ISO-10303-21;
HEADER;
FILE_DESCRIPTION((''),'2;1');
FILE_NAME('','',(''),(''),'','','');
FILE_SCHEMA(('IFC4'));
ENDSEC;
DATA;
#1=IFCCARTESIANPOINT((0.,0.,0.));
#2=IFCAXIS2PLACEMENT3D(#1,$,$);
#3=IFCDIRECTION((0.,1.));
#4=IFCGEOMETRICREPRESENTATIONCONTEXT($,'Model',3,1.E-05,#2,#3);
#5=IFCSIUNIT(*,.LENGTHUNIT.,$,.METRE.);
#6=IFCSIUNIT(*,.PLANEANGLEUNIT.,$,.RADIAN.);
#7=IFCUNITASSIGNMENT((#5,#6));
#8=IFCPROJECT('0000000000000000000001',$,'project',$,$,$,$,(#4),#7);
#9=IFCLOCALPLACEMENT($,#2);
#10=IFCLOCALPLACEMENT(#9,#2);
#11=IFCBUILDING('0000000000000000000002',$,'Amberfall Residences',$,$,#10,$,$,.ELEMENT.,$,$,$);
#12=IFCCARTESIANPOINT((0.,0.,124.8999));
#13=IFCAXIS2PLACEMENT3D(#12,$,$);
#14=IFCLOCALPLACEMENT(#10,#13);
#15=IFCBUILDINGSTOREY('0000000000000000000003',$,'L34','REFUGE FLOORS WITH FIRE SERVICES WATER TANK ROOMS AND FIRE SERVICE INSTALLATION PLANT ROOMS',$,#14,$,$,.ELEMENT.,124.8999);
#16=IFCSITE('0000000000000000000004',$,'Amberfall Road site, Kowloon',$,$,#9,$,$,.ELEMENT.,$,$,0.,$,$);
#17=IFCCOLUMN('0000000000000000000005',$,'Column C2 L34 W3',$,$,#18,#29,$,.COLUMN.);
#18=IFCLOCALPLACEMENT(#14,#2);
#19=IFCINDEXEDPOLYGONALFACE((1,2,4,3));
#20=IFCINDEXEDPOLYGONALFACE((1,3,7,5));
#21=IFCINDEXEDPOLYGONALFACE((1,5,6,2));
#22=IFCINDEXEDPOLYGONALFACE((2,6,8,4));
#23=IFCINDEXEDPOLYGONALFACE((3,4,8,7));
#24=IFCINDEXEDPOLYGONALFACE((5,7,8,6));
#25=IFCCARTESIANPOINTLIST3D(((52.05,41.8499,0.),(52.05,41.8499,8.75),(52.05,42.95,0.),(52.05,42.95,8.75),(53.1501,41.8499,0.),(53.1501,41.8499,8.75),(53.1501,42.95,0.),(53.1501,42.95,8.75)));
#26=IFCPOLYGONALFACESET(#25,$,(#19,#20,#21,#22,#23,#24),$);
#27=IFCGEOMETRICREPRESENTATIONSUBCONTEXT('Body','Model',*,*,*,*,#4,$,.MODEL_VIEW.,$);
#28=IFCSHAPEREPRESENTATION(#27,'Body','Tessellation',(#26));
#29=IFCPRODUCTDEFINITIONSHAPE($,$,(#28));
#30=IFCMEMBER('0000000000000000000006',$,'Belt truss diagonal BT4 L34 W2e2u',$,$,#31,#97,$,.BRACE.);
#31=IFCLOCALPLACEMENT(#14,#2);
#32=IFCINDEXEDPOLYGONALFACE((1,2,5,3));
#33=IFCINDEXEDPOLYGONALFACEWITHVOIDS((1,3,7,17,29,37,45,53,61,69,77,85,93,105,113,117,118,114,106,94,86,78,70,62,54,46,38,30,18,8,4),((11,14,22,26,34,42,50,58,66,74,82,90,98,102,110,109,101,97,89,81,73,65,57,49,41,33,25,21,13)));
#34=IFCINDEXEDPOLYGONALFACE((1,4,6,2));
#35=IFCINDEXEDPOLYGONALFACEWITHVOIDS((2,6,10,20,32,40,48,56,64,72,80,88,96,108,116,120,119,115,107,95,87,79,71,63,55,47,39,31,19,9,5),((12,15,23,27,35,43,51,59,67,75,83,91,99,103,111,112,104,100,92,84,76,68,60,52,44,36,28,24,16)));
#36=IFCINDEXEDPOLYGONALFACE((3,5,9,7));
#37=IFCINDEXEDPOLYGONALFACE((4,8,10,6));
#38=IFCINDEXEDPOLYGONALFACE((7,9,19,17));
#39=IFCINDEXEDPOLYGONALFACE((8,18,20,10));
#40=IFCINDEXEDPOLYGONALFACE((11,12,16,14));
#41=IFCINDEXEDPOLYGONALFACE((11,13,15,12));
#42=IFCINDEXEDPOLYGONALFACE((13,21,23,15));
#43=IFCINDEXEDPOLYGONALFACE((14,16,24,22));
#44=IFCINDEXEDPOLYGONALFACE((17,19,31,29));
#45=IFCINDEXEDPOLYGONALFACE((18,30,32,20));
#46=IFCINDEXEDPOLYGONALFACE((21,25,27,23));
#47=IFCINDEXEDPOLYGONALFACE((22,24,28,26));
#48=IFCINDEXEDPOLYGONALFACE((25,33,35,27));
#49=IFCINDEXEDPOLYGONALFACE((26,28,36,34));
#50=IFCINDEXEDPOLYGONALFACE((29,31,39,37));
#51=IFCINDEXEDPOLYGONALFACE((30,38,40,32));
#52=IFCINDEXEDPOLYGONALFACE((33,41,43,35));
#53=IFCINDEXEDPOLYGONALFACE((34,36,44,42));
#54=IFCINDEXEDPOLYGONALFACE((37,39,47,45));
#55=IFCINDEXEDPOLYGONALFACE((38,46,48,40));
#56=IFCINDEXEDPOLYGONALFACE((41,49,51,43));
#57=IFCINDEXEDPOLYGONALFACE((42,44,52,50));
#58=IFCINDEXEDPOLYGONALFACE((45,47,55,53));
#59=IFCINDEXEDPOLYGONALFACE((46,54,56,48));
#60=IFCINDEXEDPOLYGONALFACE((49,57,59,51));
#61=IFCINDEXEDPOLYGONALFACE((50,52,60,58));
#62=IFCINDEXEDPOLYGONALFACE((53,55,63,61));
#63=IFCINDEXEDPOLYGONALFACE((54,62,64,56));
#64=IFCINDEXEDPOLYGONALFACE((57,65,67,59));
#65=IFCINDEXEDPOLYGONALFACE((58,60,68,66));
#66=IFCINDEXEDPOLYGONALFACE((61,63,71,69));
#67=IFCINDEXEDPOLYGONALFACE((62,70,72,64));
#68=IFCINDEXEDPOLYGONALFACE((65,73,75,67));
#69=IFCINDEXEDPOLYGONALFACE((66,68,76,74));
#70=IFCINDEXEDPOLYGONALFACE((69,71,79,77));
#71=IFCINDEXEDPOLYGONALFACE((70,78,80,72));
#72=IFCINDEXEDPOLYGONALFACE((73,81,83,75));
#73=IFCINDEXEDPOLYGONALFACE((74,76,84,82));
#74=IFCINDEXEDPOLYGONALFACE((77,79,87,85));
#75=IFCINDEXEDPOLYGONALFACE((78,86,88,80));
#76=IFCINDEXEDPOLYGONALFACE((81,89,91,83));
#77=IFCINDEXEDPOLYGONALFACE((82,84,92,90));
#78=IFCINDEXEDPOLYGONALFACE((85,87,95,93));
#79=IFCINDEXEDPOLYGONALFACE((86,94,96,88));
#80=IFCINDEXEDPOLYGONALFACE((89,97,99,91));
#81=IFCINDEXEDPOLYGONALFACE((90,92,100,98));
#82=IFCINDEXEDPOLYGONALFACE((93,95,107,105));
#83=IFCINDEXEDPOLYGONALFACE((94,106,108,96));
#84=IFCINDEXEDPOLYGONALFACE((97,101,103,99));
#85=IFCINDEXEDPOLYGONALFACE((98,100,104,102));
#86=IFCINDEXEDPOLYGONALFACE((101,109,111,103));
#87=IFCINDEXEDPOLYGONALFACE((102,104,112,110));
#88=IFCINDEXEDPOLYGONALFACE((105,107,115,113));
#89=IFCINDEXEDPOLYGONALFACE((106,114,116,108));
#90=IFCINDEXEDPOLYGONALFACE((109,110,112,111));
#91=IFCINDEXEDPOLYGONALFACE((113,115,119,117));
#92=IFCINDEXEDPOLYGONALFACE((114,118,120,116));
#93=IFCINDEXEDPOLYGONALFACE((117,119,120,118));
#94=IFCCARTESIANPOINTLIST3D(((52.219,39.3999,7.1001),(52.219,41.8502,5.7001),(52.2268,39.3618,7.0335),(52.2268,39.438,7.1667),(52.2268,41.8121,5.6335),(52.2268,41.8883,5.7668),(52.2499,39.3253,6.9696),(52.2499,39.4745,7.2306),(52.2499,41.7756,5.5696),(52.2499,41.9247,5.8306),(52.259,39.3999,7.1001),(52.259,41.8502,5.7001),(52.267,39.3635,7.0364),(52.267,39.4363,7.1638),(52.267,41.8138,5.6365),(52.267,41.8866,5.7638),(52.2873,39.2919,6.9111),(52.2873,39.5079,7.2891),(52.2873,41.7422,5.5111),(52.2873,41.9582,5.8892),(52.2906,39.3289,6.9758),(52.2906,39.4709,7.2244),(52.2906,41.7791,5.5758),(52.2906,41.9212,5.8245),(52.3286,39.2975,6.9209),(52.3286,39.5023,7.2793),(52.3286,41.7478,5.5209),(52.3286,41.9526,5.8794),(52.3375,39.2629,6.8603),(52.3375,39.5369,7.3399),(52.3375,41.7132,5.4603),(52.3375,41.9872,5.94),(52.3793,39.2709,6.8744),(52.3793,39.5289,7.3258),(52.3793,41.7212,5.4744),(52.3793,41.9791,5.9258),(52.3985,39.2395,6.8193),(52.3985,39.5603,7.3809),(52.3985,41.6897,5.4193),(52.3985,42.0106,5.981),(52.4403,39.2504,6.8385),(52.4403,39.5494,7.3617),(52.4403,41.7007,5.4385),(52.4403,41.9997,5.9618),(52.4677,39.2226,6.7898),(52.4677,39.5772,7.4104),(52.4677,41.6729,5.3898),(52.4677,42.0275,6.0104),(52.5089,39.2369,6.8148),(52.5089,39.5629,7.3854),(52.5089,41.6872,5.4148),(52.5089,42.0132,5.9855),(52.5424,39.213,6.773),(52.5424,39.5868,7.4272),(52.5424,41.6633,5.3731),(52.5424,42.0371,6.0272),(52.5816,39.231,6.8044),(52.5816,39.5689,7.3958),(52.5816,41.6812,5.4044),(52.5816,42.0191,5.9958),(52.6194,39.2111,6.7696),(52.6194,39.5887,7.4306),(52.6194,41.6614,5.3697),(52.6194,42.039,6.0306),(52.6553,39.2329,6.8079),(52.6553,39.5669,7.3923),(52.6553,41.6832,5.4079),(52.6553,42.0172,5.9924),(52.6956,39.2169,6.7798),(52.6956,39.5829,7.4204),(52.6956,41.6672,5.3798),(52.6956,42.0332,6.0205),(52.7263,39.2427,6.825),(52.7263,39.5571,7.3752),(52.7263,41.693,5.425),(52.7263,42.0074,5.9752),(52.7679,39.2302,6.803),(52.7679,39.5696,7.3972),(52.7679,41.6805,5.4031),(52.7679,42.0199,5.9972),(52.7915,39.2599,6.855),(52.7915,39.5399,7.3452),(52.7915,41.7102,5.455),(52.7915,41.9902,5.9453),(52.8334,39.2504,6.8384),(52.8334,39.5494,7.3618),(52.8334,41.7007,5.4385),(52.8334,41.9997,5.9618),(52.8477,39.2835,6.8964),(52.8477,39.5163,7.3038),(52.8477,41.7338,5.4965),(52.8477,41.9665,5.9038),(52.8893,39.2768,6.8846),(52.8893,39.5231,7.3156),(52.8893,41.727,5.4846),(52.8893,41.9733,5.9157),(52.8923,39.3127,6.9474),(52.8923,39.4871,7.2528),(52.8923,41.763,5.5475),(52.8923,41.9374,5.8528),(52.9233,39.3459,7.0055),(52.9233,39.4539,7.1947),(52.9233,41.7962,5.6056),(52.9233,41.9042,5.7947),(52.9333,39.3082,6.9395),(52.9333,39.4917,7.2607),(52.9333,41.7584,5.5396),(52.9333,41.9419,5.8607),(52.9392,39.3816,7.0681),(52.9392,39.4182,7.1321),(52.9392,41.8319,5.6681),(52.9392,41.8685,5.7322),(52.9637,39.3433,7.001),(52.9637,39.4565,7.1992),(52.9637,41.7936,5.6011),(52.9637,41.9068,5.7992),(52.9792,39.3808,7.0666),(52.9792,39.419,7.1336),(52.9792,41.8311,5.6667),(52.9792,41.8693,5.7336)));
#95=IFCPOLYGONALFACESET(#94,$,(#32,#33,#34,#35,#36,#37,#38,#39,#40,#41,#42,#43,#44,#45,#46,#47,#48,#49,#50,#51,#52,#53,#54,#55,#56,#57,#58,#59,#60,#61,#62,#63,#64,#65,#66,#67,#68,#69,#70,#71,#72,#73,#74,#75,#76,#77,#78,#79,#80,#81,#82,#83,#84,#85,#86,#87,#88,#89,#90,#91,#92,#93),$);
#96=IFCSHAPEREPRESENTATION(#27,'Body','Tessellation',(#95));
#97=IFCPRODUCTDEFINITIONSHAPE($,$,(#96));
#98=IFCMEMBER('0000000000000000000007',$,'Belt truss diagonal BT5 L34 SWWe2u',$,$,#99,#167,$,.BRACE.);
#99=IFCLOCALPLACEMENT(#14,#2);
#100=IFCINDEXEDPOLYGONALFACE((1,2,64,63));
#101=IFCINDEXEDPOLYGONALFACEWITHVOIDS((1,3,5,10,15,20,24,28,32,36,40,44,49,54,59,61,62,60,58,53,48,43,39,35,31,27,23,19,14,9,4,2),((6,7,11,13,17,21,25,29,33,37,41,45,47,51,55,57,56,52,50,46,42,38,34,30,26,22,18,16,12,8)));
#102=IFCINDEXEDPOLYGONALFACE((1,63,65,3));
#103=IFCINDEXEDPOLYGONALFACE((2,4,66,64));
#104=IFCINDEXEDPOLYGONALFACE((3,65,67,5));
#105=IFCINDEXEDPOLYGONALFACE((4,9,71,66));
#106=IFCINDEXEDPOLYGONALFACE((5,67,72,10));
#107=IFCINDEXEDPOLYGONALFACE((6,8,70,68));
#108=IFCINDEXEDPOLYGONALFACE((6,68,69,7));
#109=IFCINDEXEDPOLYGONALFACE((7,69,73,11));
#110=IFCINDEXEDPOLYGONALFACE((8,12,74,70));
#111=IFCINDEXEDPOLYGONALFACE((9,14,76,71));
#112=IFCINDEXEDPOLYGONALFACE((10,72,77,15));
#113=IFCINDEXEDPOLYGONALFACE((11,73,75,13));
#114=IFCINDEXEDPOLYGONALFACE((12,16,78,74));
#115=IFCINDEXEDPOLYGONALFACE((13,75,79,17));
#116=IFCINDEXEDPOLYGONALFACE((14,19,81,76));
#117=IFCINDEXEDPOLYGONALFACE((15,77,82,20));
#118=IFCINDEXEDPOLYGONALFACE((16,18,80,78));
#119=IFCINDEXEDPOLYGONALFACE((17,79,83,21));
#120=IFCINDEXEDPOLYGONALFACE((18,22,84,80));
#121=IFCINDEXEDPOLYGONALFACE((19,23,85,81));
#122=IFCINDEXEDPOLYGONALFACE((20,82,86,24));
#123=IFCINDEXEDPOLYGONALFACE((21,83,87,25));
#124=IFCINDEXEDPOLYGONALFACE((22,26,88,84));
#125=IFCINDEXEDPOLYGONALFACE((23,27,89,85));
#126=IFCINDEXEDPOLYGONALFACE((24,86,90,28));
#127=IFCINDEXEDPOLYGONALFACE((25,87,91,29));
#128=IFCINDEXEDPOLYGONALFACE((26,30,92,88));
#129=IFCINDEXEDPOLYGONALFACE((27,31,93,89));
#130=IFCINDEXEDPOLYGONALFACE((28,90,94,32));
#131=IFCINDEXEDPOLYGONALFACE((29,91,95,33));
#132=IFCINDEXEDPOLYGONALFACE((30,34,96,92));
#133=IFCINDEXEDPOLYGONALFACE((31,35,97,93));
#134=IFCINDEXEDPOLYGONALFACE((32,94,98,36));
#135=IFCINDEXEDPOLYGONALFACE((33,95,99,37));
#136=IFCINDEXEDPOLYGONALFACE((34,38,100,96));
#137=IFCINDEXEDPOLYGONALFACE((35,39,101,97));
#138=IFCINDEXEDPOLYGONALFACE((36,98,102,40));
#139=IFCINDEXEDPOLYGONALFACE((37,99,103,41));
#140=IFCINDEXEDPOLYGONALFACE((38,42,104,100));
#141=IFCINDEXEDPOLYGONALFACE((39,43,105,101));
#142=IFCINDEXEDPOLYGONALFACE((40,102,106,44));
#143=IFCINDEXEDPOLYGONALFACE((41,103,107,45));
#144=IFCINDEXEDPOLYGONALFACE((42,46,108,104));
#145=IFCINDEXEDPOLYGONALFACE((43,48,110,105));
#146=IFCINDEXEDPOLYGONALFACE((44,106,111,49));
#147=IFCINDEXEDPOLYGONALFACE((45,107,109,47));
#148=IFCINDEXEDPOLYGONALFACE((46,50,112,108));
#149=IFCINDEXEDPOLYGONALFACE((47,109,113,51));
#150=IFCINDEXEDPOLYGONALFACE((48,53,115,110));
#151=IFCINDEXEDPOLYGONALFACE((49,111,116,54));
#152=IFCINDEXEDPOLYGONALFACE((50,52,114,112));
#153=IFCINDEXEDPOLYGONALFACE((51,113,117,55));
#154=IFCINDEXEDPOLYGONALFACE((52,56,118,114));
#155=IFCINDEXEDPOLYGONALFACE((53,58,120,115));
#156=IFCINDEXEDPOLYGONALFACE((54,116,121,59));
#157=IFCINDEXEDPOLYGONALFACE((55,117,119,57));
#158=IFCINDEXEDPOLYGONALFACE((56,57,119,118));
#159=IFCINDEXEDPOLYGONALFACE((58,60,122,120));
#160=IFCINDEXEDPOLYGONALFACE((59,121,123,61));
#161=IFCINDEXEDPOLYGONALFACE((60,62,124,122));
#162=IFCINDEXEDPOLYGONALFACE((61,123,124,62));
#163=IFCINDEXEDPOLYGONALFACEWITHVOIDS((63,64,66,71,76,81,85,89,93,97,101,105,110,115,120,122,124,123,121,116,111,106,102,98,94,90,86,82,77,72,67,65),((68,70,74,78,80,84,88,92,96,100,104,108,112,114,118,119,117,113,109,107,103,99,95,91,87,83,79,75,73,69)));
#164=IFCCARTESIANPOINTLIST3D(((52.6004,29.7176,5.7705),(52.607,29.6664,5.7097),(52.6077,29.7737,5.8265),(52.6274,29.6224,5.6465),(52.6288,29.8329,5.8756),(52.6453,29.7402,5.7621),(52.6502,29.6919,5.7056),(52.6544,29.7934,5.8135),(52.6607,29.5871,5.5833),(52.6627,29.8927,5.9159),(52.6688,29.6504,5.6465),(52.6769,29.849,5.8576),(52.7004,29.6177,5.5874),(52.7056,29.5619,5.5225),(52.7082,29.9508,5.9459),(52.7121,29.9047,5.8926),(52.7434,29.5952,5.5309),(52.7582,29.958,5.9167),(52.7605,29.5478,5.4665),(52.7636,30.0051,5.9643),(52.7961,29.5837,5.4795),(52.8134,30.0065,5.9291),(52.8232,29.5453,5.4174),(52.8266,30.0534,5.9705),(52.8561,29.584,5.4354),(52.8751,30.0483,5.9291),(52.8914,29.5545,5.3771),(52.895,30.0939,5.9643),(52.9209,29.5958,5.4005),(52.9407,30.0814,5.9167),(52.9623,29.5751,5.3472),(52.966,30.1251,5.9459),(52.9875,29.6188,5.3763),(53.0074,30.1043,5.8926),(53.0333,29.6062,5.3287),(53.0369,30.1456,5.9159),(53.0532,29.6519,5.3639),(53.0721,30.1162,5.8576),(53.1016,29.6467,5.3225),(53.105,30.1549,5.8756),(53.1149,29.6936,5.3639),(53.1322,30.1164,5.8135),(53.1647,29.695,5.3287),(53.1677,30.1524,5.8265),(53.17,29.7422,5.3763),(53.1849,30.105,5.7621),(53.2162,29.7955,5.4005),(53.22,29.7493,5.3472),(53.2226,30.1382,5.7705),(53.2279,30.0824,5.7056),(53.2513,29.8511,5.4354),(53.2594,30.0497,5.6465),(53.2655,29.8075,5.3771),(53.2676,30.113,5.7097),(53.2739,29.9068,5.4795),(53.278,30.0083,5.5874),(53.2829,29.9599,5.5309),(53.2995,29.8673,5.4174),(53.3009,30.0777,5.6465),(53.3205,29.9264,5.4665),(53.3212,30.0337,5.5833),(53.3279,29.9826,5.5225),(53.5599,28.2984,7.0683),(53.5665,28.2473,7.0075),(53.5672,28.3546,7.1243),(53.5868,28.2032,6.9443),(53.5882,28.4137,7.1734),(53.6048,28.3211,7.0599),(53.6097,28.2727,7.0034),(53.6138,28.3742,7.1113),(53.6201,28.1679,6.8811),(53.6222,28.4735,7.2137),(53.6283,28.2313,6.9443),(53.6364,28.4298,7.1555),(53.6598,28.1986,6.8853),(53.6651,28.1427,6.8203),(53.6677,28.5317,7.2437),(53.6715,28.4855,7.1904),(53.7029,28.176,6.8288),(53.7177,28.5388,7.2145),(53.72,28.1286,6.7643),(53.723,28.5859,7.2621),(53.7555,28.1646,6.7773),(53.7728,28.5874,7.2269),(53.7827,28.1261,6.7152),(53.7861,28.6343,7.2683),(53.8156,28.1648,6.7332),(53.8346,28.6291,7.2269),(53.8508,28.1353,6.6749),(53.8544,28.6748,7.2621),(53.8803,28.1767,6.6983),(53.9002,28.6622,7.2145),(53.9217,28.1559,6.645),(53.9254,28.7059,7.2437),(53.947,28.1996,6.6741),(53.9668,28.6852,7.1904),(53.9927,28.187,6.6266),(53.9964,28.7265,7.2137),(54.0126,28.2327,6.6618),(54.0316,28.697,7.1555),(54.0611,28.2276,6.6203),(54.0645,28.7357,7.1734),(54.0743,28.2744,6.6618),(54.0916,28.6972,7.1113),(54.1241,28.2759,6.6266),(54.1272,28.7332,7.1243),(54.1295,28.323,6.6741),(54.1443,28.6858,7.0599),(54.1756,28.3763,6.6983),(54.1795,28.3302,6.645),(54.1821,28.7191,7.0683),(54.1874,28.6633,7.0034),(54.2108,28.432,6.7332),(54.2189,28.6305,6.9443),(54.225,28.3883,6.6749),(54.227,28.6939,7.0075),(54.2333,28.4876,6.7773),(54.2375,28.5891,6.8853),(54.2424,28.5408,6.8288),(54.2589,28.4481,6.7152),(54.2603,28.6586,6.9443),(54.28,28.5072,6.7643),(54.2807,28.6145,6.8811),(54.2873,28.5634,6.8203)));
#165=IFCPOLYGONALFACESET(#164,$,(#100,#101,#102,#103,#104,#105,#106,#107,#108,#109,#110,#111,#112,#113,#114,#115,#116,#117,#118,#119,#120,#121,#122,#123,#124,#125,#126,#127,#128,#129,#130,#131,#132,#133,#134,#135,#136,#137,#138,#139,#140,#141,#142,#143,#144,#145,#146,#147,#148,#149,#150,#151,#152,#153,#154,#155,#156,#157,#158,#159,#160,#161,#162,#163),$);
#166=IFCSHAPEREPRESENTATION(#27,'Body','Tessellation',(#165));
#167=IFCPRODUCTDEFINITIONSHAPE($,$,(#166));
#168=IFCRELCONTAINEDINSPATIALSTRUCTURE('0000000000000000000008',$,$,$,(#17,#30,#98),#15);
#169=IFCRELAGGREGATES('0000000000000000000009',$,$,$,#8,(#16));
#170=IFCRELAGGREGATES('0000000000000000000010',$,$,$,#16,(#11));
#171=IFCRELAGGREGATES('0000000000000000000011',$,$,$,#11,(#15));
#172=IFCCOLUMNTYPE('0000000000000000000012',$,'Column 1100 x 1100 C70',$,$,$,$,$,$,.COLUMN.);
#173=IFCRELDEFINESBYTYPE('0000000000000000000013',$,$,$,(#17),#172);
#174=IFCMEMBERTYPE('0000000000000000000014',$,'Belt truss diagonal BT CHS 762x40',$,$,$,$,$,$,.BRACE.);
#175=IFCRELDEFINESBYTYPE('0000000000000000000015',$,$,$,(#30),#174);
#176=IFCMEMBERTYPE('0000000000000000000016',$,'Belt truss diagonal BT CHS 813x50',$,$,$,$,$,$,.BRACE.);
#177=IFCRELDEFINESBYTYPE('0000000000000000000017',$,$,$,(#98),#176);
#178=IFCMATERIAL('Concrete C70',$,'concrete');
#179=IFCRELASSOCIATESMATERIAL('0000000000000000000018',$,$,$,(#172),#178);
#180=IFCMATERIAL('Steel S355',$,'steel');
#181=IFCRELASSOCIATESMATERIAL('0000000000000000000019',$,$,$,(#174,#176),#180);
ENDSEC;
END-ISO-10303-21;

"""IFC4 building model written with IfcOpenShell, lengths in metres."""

from ifc_helpers import new_model, si_unit, direction, frame, origin, origin_2d, place, context, subcontext, project, spatial, rectangle, hollow_circle, extrude, material, material_profile, profile_set, type_object, element, save


model = new_model("IFC4")

# Units and contexts
model_context = context("Model", 3, precision=1e-05, world=origin(), true_north=direction((0.0, 1.0)))
body_context = subcontext(model_context, "Body", "Model", "MODEL_VIEW")
ifc_project = project(units=[si_unit("LENGTHUNIT", "METRE"), si_unit("PLANEANGLEUNIT", "RADIAN")], contexts=[model_context])

# Site, building, storey
site_placement = place(None, origin())
site = spatial("IfcSite", under=ifc_project, at=site_placement, Name="Amberfall Road site, Kowloon", CompositionType="ELEMENT", RefElevation=0.0)
building_placement = place(site_placement, origin())
building = spatial("IfcBuilding", under=site, at=building_placement, Name="Amberfall Residences", CompositionType="ELEMENT")
storey_placement = place(building_placement, frame((0.0, 0.0, 124.8999)))
storey = spatial("IfcBuildingStorey", under=building, at=storey_placement, Name="L34", Description="REFUGE FLOORS WITH FIRE SERVICES WATER TANK ROOMS AND FIRE SERVICE INSTALLATION PLANT ROOMS", CompositionType="ELEMENT", Elevation=124.8999)

# Column
ifc_material_1 = material(Name="Concrete C70", Category="concrete")
ifc_material_profile_1 = material_profile(ifc_material_1, rectangle(XDim=1.1001, YDim=1.1001, at=origin_2d()), Name="Column 1100 x 1100 C70")
ifc_profile_set_1 = profile_set([ifc_material_profile_1], Name="Concrete C70")
column_type = type_object("IfcColumnType", Name="Column 1100 x 1100 C70", PredefinedType="COLUMN", material=ifc_profile_set_1)
column_placement = place(storey_placement, frame((52.6001, 42.3999, 0.0), z_axis=(0.0, 0.0, 1.0), x_axis=(1.0, 0.0, 0.0)))
element("IfcColumn", 1, at=column_placement, inside=storey, type_object=column_type, Name="Column C2 L34 W3", PredefinedType="COLUMN", context=body_context, shape_type="SweptSolid", body=[
    extrude(rectangle(XDim=1.1001, YDim=1.1001, at=origin_2d()), origin(), (0.0, 0.0, 1.0), 8.75),
])

# Members
ifc_material_2 = material(Name="Steel S355", Category="steel")
ifc_material_profile_2 = material_profile(ifc_material_2, hollow_circle(Radius=0.3811, WallThickness=0.04, at=origin_2d()), Name="CHS 762x40")
ifc_profile_set_2 = profile_set([ifc_material_profile_2], Name="Steel S355")
member_type_1 = type_object("IfcMemberType", Name="Belt truss diagonal BT CHS 762x40", PredefinedType="BRACE", material=ifc_profile_set_2)
member_1_placement = place(storey_placement, frame((52.6001, 39.3999, 7.1001), z_axis=(0.0, 0.868275, -0.496083), x_axis=(-1.0, 0.0, 0.0)))
element("IfcMember", 2, at=member_1_placement, inside=storey, type_object=member_type_1, Name="Belt truss diagonal BT4 L34 W2e2u", PredefinedType="BRACE", context=body_context, shape_type="SweptSolid", body=[
    extrude(hollow_circle(Radius=0.3811, WallThickness=0.04, at=origin_2d()), origin(), (0.0, 0.0, 1.0), 2.822),
])
ifc_material_profile_3 = material_profile(ifc_material_2, hollow_circle(Radius=0.4065, WallThickness=0.05, at=origin_2d()), Name="CHS 813x50")
ifc_profile_set_3 = profile_set([ifc_material_profile_3], Name="Steel S355")
member_type_2 = type_object("IfcMemberType", Name="Belt truss diagonal BT CHS 813x50", PredefinedType="BRACE", material=ifc_profile_set_3)
member_2_placement = place(storey_placement, frame((53.9236, 28.4309, 6.9443), z_axis=(-0.44643, 0.660331, -0.603874), x_axis=(-0.828437, -0.560082, 0.0)))
element("IfcMember", 3, at=member_2_placement, inside=storey, type_object=member_type_2, Name="Belt truss diagonal BT5 L34 SWWe2u", PredefinedType="BRACE", context=body_context, shape_type="SweptSolid", body=[
    extrude(hollow_circle(Radius=0.4065, WallThickness=0.05, at=origin_2d()), origin(), (0.0, 0.0, 1.0), 2.1492),
])

save(model, "model.ifc")
